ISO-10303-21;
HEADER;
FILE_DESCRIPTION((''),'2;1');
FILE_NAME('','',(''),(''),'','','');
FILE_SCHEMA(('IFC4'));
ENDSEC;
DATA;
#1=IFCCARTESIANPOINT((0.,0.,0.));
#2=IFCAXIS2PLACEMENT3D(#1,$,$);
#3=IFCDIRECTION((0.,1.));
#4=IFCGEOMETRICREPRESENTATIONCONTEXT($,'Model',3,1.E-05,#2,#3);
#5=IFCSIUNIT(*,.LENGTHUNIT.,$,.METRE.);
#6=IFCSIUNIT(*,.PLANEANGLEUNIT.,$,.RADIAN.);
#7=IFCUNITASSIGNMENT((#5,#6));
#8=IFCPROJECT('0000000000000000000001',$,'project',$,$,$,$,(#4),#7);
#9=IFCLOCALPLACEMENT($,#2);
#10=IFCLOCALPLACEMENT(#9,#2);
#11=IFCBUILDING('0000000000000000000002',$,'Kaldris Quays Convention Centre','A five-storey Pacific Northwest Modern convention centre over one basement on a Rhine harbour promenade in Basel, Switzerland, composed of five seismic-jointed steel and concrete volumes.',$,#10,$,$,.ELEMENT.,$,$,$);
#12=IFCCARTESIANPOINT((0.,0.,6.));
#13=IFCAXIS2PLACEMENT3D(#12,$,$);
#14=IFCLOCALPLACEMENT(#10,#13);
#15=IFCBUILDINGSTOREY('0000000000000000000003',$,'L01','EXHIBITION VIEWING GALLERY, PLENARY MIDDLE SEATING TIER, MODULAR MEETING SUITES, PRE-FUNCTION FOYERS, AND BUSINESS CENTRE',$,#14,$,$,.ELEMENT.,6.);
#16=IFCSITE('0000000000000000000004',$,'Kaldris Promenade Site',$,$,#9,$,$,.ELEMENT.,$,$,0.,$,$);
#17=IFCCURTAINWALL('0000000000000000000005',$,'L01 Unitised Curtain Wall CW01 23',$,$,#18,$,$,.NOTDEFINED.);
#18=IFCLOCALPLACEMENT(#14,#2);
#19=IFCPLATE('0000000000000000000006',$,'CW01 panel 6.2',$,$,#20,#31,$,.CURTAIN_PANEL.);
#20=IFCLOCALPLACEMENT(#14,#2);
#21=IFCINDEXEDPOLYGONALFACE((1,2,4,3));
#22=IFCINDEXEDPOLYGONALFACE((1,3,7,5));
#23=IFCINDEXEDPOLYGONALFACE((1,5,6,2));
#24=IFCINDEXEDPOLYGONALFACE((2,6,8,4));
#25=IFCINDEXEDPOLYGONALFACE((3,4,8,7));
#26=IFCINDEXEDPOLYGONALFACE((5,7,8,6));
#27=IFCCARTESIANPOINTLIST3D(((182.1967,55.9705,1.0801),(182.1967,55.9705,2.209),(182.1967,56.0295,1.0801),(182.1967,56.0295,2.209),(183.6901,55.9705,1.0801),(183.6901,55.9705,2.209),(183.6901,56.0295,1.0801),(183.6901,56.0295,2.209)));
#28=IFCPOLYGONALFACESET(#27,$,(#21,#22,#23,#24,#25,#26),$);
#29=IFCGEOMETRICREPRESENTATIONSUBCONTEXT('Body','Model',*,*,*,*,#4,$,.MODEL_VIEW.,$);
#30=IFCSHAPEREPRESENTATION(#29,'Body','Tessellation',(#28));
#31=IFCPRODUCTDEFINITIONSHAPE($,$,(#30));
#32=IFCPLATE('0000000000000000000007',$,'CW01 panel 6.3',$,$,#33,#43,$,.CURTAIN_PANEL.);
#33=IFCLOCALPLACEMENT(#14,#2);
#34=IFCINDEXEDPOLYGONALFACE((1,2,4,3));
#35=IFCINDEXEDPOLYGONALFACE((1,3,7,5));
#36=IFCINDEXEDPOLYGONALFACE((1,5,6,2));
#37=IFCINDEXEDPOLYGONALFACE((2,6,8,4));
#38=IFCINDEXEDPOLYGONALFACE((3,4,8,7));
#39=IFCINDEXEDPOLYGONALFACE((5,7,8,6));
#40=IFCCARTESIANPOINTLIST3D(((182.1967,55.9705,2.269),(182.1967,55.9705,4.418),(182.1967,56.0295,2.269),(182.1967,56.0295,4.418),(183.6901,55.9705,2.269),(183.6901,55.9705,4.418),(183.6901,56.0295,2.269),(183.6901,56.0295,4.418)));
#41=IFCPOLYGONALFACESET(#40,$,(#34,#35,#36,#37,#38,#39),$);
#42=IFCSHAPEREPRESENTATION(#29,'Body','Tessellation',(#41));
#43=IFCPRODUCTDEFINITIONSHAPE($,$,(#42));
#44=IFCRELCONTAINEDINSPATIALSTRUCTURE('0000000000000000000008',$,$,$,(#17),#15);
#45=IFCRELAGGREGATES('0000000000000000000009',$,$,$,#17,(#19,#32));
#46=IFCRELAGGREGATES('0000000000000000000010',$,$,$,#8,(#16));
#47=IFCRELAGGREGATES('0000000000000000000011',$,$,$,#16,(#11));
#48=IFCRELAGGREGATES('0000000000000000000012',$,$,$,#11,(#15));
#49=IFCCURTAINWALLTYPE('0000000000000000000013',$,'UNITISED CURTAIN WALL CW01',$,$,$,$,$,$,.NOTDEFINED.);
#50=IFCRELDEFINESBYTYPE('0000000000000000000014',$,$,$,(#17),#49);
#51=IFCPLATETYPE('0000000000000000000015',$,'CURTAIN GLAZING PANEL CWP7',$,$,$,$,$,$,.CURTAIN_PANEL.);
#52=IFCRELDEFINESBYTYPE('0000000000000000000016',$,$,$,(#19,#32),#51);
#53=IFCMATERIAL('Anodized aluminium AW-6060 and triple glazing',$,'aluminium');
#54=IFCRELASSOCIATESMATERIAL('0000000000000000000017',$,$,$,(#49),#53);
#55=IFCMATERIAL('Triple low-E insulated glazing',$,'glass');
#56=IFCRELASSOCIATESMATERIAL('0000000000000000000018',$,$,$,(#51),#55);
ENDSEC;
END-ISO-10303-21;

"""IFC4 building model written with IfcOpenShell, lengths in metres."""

from ifc_helpers import new_model, si_unit, direction, frame, origin, origin_2d, place, context, subcontext, project, spatial, rectangle, extrude, material, type_object, element, aggregate, save


model = new_model("IFC4")

# Units and contexts
model_context = context("Model", 3, precision=1e-05, world=origin(), true_north=direction((0.0, 1.0)))
body_context = subcontext(model_context, "Body", "Model", "MODEL_VIEW")
ifc_project = project(units=[si_unit("LENGTHUNIT", "METRE"), si_unit("PLANEANGLEUNIT", "RADIAN")], contexts=[model_context])

# Site, building, storey
site_placement = place(None, origin())
site = spatial("IfcSite", under=ifc_project, at=site_placement, Name="Kaldris Promenade Site", CompositionType="ELEMENT", RefElevation=0.0)
building_placement = place(site_placement, origin())
building = spatial("IfcBuilding", under=site, at=building_placement, Name="Kaldris Quays Convention Centre", Description="A five-storey Pacific Northwest Modern convention centre over one basement on a Rhine harbour promenade in Basel, Switzerland, composed of five seismic-jointed steel and concrete volumes.", CompositionType="ELEMENT")
storey_placement = place(building_placement, frame((0.0, 0.0, 6.0)))
storey = spatial("IfcBuildingStorey", under=building, at=storey_placement, Name="L01", Description="EXHIBITION VIEWING GALLERY, PLENARY MIDDLE SEATING TIER, MODULAR MEETING SUITES, PRE-FUNCTION FOYERS, AND BUSINESS CENTRE", CompositionType="ELEMENT", Elevation=6.0)

# Curtain wall, plates
ifc_material_1 = material(Name="Anodized aluminium AW-6060 and triple glazing", Category="aluminium")
curtain_wall_type = type_object("IfcCurtainWallType", Name="UNITISED CURTAIN WALL CW01", PredefinedType="NOTDEFINED", material=ifc_material_1)
curtain_wall_placement = place(storey_placement, origin())
curtain_wall = element("IfcCurtainWall", 1, at=curtain_wall_placement, inside=storey, type_object=curtain_wall_type, Name="L01 Unitised Curtain Wall CW01 23", PredefinedType="NOTDEFINED")
ifc_material_2 = material(Name="Triple low-E insulated glazing", Category="glass")
plate_type = type_object("IfcPlateType", Name="CURTAIN GLAZING PANEL CWP7", PredefinedType="CURTAIN_PANEL", material=ifc_material_2)
plate_1_placement = place(storey_placement, frame((182.9434, 56.0, 1.0801), z_axis=(0.0, 0.0, 1.0), x_axis=(1.0, 0.0, 0.0)))
plate_1 = element("IfcPlate", 2, at=plate_1_placement, type_object=plate_type, Name="CW01 panel 6.2", PredefinedType="CURTAIN_PANEL", context=body_context, shape_type="SweptSolid", body=[
    extrude(rectangle(XDim=1.4934, YDim=0.0591, at=origin_2d()), origin(), (0.0, 0.0, 1.0), 1.1289),
])
plate_2_placement = place(storey_placement, frame((182.9434, 56.0, 2.269), z_axis=(0.0, 0.0, 1.0), x_axis=(1.0, 0.0, 0.0)))
plate_2 = element("IfcPlate", 3, at=plate_2_placement, type_object=plate_type, Name="CW01 panel 6.3", PredefinedType="CURTAIN_PANEL", context=body_context, shape_type="SweptSolid", body=[
    extrude(rectangle(XDim=1.4934, YDim=0.0591, at=origin_2d()), origin(), (0.0, 0.0, 1.0), 2.1489),
])
aggregate(curtain_wall, [plate_1, plate_2])

save(model, "model.ifc")
